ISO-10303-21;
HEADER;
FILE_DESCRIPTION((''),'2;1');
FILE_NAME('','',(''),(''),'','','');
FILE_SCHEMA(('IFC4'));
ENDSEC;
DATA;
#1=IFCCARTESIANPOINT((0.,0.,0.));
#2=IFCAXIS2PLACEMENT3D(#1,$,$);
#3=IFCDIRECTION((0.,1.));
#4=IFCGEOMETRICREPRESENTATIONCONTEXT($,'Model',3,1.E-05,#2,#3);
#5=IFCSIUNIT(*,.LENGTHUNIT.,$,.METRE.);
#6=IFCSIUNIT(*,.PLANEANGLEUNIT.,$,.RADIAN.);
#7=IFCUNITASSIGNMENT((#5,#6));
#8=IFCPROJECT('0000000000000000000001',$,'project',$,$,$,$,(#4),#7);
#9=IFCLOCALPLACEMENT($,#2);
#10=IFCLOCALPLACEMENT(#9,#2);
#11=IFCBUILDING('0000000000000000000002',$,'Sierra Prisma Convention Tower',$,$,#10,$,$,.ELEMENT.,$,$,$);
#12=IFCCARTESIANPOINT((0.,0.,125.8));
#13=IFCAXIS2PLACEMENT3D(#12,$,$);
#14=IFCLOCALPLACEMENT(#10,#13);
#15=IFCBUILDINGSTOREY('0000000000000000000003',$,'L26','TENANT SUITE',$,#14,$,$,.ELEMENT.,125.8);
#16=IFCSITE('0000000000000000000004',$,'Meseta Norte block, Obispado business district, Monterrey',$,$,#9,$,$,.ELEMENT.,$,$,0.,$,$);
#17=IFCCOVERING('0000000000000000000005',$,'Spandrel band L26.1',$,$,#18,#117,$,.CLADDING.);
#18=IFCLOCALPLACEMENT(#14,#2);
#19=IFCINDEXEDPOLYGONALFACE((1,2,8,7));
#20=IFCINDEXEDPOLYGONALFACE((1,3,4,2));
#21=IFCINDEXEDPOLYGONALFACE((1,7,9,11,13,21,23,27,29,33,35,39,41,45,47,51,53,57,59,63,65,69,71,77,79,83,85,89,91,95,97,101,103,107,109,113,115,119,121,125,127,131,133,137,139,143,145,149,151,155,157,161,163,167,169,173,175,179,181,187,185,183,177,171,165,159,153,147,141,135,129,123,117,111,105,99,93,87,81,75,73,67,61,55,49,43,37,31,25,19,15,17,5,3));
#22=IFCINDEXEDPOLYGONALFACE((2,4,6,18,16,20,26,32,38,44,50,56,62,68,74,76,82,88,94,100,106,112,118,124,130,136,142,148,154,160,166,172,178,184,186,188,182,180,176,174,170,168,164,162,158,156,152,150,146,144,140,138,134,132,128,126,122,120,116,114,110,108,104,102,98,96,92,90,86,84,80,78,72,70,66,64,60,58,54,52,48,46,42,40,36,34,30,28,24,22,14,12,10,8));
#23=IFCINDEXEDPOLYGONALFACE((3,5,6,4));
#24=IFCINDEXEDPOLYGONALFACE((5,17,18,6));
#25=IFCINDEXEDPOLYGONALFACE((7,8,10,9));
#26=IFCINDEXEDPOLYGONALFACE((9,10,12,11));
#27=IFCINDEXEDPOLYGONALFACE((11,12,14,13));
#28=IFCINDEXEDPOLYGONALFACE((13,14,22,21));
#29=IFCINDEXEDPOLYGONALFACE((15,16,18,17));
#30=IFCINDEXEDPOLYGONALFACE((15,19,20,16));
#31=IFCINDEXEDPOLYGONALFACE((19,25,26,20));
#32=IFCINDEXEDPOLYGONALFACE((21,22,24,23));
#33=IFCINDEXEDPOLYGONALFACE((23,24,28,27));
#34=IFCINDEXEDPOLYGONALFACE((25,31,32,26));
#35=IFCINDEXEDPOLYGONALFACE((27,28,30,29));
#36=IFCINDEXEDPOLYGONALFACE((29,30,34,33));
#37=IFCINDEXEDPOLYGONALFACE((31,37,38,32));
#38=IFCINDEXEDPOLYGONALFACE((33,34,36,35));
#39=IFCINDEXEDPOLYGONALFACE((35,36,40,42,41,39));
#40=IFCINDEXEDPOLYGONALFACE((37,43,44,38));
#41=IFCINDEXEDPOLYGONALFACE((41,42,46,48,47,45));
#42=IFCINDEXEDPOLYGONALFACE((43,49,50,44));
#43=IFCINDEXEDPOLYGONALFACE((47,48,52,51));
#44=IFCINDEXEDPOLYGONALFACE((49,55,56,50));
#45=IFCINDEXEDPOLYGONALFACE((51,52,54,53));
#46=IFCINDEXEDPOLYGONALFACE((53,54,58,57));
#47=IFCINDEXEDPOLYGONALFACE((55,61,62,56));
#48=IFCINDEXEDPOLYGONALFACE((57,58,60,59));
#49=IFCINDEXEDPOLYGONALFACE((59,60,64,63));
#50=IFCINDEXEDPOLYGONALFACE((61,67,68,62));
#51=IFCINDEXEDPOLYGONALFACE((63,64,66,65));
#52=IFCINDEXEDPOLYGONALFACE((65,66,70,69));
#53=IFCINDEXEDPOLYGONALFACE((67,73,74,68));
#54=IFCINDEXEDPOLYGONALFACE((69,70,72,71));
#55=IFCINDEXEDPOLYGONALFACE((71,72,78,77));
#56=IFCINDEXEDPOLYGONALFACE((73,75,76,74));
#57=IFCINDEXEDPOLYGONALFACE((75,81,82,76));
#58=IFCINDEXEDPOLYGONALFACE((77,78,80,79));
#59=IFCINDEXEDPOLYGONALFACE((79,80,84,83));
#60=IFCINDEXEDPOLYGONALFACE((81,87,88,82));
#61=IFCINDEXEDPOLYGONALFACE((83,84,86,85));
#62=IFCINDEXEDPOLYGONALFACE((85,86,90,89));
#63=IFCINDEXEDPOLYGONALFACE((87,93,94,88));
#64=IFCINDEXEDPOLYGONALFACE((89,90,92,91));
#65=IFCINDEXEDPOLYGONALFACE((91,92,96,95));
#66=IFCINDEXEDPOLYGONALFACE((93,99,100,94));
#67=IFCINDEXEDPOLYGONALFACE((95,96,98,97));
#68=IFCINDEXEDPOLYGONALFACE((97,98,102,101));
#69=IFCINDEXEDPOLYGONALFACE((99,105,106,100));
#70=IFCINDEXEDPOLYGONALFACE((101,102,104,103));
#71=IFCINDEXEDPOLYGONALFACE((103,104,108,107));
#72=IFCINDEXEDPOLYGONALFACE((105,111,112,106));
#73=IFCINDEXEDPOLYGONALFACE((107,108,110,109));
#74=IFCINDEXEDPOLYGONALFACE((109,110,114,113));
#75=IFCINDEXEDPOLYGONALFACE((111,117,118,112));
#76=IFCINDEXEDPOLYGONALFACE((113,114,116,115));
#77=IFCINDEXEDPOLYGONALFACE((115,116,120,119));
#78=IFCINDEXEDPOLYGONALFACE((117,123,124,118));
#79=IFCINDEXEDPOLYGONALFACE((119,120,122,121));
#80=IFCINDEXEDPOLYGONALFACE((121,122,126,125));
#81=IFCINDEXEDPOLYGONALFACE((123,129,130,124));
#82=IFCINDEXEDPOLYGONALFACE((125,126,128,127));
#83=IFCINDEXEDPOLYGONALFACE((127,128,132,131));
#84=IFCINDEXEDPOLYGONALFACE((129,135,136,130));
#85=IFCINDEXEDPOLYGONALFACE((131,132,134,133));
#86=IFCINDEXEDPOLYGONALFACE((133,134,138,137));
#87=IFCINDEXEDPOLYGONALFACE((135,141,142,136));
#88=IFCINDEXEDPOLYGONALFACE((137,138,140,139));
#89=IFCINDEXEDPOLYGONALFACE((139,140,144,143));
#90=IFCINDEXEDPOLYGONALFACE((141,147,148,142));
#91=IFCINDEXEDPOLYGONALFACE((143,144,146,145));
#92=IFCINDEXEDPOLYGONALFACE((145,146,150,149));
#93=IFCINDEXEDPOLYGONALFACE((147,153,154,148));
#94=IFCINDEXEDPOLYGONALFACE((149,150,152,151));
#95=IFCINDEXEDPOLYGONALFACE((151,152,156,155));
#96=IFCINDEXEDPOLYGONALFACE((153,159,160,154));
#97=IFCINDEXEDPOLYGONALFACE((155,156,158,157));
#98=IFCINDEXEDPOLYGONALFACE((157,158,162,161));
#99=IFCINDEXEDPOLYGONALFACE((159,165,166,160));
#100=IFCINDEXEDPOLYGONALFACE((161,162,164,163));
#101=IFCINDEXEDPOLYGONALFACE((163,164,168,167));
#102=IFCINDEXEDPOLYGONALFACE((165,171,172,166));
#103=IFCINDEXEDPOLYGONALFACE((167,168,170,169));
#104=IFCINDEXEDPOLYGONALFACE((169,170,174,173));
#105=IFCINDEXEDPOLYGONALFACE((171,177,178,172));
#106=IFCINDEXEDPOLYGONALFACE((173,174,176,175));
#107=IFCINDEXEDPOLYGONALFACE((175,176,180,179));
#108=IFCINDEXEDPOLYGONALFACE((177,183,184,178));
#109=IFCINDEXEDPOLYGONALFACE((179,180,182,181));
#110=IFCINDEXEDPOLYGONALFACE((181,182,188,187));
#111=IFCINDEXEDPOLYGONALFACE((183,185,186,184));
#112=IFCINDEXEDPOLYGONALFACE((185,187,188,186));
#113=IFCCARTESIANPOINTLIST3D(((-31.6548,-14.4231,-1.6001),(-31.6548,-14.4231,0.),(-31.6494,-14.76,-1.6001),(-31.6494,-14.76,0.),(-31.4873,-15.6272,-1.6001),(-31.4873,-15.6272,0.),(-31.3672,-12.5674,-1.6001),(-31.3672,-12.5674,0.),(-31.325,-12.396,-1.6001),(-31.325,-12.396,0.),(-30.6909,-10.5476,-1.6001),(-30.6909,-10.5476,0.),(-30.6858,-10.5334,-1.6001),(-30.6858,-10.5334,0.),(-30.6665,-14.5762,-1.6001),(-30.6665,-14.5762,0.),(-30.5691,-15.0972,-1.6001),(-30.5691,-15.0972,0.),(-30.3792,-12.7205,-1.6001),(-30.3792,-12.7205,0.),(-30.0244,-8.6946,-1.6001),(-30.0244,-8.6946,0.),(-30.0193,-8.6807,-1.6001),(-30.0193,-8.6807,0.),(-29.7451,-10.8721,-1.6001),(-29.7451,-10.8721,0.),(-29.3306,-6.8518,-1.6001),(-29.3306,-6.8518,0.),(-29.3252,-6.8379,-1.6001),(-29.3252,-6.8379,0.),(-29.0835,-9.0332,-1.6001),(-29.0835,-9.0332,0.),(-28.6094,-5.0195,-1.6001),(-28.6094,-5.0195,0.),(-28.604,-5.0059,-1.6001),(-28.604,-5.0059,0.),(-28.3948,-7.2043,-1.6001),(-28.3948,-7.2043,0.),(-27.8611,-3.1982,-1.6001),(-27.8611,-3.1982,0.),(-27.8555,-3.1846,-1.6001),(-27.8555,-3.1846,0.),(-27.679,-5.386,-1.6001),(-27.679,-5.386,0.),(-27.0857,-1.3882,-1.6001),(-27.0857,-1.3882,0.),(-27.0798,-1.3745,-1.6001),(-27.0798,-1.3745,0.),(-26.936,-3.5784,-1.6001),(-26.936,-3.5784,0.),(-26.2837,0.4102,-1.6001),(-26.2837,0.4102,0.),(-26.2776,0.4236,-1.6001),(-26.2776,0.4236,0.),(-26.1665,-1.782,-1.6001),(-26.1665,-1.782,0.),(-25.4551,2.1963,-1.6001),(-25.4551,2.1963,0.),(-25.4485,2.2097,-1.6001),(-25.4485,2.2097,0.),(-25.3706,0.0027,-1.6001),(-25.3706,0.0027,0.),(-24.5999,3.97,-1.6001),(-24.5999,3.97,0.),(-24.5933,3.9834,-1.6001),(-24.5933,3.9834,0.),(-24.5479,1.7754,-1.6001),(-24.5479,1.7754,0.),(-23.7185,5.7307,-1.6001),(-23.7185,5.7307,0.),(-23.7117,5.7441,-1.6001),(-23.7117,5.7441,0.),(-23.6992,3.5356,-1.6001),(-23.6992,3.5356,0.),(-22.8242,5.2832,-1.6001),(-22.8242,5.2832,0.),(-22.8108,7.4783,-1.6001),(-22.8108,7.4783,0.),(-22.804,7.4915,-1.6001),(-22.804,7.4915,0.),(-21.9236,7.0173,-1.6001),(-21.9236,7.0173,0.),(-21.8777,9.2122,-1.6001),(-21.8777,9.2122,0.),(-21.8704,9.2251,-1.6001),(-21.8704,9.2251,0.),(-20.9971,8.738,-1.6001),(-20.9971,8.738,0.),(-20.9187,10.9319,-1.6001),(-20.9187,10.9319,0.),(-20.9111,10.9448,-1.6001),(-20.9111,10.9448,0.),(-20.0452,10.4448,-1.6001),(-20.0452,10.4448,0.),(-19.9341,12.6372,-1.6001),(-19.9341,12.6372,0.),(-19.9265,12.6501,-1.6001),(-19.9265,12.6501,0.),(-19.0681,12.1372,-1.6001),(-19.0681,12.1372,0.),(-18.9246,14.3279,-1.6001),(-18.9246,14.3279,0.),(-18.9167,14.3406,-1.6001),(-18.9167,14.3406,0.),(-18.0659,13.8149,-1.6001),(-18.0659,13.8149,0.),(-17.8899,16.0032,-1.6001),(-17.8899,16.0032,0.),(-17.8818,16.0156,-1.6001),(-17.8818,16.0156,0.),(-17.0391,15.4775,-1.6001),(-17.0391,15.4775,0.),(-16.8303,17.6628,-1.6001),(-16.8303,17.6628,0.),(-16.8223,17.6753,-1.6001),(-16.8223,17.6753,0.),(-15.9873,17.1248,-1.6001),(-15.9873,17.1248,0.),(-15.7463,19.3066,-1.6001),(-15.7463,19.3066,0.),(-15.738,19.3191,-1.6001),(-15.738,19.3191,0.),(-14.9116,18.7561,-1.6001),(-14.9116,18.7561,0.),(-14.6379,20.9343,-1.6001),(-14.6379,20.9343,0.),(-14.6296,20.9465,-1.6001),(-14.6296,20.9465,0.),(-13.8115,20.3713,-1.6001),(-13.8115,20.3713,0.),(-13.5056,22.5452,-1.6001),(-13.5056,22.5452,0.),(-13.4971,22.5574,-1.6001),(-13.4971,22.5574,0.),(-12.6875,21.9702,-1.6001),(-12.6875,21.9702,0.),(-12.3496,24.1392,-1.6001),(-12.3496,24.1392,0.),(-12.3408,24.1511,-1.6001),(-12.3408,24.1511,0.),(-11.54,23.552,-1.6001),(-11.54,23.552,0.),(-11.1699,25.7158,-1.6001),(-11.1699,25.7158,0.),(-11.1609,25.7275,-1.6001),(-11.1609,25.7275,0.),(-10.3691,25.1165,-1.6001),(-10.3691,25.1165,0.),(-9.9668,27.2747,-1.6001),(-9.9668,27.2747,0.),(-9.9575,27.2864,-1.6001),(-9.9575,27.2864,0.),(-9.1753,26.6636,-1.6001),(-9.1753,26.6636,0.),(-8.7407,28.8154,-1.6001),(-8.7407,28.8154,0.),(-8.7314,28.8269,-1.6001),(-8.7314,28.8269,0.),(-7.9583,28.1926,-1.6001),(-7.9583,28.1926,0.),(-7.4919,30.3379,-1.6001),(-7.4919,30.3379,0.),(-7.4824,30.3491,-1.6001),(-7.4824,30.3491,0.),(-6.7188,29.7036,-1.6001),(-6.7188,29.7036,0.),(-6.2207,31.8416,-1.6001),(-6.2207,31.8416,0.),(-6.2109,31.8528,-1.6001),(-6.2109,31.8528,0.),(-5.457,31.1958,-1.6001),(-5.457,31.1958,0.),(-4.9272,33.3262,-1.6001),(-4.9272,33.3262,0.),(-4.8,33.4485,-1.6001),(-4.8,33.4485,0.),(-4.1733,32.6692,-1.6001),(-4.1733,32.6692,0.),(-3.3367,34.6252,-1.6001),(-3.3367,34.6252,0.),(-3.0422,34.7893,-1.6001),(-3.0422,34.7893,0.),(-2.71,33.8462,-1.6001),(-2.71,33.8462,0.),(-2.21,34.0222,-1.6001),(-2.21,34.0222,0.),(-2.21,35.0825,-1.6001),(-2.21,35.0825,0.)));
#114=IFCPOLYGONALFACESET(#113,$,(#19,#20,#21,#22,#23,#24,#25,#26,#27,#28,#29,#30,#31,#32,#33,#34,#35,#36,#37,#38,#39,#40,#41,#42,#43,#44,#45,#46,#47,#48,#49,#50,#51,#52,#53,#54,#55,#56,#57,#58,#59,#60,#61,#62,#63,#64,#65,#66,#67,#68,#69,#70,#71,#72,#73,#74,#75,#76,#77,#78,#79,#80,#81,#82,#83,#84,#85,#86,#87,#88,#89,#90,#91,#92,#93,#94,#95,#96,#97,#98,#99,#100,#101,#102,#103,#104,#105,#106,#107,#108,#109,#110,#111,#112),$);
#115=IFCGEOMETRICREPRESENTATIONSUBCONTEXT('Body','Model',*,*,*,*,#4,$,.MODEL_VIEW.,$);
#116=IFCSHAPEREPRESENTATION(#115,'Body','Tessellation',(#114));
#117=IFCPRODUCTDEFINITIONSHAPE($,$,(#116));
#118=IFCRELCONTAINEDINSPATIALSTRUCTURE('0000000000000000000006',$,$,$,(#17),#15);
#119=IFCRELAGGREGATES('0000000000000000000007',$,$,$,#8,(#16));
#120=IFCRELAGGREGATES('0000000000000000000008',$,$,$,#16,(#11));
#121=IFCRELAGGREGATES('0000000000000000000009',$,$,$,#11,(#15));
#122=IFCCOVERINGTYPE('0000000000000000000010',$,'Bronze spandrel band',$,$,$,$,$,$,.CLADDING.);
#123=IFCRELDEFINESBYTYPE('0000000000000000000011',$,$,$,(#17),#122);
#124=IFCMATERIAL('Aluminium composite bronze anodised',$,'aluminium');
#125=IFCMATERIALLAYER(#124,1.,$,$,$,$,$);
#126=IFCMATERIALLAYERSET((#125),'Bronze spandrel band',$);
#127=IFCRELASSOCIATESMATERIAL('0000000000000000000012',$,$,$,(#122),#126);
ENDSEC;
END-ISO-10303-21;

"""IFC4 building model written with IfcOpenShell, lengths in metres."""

from ifc_helpers import new_model, si_unit, direction, frame, origin, place, context, subcontext, project, spatial, polyline, outline, extrude, material, layer, layer_set, type_object, element, save


model = new_model("IFC4")

# Units and contexts
model_context = context("Model", 3, precision=1e-05, world=origin(), true_north=direction((0.0, 1.0)))
body_context = subcontext(model_context, "Body", "Model", "MODEL_VIEW")
ifc_project = project(units=[si_unit("LENGTHUNIT", "METRE"), si_unit("PLANEANGLEUNIT", "RADIAN")], contexts=[model_context])

# Site, building, storey
site_placement = place(None, origin())
site = spatial("IfcSite", under=ifc_project, at=site_placement, Name="Meseta Norte block, Obispado business district, Monterrey", CompositionType="ELEMENT", RefElevation=0.0)
building_placement = place(site_placement, origin())
building = spatial("IfcBuilding", under=site, at=building_placement, Name="Sierra Prisma Convention Tower", CompositionType="ELEMENT")
storey_placement = place(building_placement, frame((0.0, 0.0, 125.8)))
storey = spatial("IfcBuildingStorey", under=building, at=storey_placement, Name="L26", Description="TENANT SUITE", CompositionType="ELEMENT", Elevation=125.8)

# Covering
ifc_material_1 = material(Name="Aluminium composite bronze anodised", Category="aluminium")
ifc_layer_1 = layer(ifc_material_1, 1.0)
ifc_layer_set_1 = layer_set([ifc_layer_1], Name="Bronze spandrel band")
covering_type_1 = type_object("IfcCoveringType", Name="Bronze spandrel band", PredefinedType="CLADDING", material=ifc_layer_set_1)
covering_1_placement = place(storey_placement, frame((0.0, 0.0, -1.6001)))
element("IfcCovering", 1, at=covering_1_placement, inside=storey, type_object=covering_type_1, Name="Spandrel band L26.1", PredefinedType="CLADDING", context=body_context, shape_type="SweptSolid", body=[
    extrude(outline(polyline([(-31.6548, -14.4231), (-31.3672, -12.5674), (-31.325, -12.396), (-30.6909, -10.5476), (-30.6858, -10.5334), (-30.0244, -8.6946), (-30.0193, -8.6807), (-29.3306, -6.8518), (-29.3252, -6.8379), (-28.6094, -5.0195), (-28.604, -5.0059), (-27.8611, -3.1982), (-27.8555, -3.1846), (-27.0857, -1.3882), (-27.0798, -1.3745), (-26.2837, 0.4102), (-26.2776, 0.4236), (-25.4551, 2.1963), (-25.4485, 2.2097), (-24.5999, 3.97), (-24.5933, 3.9834), (-23.7185, 5.7307), (-23.7117, 5.7441), (-22.8108, 7.4783), (-22.804, 7.4915), (-21.8777, 9.2122), (-21.8704, 9.2251), (-20.9187, 10.9319), (-20.9111, 10.9448), (-19.9341, 12.6372), (-19.9265, 12.6501), (-18.9246, 14.3279), (-18.9167, 14.3406), (-17.8899, 16.0032), (-17.8818, 16.0156), (-16.8303, 17.6628), (-16.8223, 17.6753), (-15.7463, 19.3066), (-15.738, 19.3191), (-14.6379, 20.9343), (-14.6296, 20.9465), (-13.5056, 22.5452), (-13.4971, 22.5574), (-12.3496, 24.1392), (-12.3408, 24.1511), (-11.1699, 25.7158), (-11.1609, 25.7275), (-9.9668, 27.2747), (-9.9575, 27.2864), (-8.7407, 28.8154), (-8.7314, 28.8269), (-7.4919, 30.3379), (-7.4824, 30.3491), (-6.2207, 31.8416), (-6.2109, 31.8528), (-4.9272, 33.3262), (-4.8, 33.4485), (-3.3367, 34.6252), (-3.0422, 34.7893), (-2.21, 35.0825), (-2.21, 34.0222), (-2.71, 33.8462), (-4.1733, 32.6692), (-5.457, 31.1958), (-6.7188, 29.7036), (-7.9583, 28.1926), (-9.1753, 26.6636), (-10.3691, 25.1165), (-11.54, 23.552), (-12.6875, 21.9702), (-13.8115, 20.3713), (-14.9116, 18.7561), (-15.9873, 17.1248), (-17.0391, 15.4775), (-18.0659, 13.8149), (-19.0681, 12.1372), (-20.0452, 10.4448), (-20.9971, 8.738), (-21.9236, 7.0173), (-22.8242, 5.2832), (-23.6992, 3.5356), (-24.5479, 1.7754), (-25.3706, 0.0027), (-26.1665, -1.782), (-26.936, -3.5784), (-27.679, -5.386), (-28.3948, -7.2043), (-29.0835, -9.0332), (-29.7451, -10.8721), (-30.3792, -12.7205), (-30.6665, -14.5762), (-30.5691, -15.0972), (-31.4873, -15.6272), (-31.6494, -14.76), (-31.6548, -14.4231)])), origin(), (0.0, 0.0, 1.0), 1.6001),
])

save(model, "model.ifc")
